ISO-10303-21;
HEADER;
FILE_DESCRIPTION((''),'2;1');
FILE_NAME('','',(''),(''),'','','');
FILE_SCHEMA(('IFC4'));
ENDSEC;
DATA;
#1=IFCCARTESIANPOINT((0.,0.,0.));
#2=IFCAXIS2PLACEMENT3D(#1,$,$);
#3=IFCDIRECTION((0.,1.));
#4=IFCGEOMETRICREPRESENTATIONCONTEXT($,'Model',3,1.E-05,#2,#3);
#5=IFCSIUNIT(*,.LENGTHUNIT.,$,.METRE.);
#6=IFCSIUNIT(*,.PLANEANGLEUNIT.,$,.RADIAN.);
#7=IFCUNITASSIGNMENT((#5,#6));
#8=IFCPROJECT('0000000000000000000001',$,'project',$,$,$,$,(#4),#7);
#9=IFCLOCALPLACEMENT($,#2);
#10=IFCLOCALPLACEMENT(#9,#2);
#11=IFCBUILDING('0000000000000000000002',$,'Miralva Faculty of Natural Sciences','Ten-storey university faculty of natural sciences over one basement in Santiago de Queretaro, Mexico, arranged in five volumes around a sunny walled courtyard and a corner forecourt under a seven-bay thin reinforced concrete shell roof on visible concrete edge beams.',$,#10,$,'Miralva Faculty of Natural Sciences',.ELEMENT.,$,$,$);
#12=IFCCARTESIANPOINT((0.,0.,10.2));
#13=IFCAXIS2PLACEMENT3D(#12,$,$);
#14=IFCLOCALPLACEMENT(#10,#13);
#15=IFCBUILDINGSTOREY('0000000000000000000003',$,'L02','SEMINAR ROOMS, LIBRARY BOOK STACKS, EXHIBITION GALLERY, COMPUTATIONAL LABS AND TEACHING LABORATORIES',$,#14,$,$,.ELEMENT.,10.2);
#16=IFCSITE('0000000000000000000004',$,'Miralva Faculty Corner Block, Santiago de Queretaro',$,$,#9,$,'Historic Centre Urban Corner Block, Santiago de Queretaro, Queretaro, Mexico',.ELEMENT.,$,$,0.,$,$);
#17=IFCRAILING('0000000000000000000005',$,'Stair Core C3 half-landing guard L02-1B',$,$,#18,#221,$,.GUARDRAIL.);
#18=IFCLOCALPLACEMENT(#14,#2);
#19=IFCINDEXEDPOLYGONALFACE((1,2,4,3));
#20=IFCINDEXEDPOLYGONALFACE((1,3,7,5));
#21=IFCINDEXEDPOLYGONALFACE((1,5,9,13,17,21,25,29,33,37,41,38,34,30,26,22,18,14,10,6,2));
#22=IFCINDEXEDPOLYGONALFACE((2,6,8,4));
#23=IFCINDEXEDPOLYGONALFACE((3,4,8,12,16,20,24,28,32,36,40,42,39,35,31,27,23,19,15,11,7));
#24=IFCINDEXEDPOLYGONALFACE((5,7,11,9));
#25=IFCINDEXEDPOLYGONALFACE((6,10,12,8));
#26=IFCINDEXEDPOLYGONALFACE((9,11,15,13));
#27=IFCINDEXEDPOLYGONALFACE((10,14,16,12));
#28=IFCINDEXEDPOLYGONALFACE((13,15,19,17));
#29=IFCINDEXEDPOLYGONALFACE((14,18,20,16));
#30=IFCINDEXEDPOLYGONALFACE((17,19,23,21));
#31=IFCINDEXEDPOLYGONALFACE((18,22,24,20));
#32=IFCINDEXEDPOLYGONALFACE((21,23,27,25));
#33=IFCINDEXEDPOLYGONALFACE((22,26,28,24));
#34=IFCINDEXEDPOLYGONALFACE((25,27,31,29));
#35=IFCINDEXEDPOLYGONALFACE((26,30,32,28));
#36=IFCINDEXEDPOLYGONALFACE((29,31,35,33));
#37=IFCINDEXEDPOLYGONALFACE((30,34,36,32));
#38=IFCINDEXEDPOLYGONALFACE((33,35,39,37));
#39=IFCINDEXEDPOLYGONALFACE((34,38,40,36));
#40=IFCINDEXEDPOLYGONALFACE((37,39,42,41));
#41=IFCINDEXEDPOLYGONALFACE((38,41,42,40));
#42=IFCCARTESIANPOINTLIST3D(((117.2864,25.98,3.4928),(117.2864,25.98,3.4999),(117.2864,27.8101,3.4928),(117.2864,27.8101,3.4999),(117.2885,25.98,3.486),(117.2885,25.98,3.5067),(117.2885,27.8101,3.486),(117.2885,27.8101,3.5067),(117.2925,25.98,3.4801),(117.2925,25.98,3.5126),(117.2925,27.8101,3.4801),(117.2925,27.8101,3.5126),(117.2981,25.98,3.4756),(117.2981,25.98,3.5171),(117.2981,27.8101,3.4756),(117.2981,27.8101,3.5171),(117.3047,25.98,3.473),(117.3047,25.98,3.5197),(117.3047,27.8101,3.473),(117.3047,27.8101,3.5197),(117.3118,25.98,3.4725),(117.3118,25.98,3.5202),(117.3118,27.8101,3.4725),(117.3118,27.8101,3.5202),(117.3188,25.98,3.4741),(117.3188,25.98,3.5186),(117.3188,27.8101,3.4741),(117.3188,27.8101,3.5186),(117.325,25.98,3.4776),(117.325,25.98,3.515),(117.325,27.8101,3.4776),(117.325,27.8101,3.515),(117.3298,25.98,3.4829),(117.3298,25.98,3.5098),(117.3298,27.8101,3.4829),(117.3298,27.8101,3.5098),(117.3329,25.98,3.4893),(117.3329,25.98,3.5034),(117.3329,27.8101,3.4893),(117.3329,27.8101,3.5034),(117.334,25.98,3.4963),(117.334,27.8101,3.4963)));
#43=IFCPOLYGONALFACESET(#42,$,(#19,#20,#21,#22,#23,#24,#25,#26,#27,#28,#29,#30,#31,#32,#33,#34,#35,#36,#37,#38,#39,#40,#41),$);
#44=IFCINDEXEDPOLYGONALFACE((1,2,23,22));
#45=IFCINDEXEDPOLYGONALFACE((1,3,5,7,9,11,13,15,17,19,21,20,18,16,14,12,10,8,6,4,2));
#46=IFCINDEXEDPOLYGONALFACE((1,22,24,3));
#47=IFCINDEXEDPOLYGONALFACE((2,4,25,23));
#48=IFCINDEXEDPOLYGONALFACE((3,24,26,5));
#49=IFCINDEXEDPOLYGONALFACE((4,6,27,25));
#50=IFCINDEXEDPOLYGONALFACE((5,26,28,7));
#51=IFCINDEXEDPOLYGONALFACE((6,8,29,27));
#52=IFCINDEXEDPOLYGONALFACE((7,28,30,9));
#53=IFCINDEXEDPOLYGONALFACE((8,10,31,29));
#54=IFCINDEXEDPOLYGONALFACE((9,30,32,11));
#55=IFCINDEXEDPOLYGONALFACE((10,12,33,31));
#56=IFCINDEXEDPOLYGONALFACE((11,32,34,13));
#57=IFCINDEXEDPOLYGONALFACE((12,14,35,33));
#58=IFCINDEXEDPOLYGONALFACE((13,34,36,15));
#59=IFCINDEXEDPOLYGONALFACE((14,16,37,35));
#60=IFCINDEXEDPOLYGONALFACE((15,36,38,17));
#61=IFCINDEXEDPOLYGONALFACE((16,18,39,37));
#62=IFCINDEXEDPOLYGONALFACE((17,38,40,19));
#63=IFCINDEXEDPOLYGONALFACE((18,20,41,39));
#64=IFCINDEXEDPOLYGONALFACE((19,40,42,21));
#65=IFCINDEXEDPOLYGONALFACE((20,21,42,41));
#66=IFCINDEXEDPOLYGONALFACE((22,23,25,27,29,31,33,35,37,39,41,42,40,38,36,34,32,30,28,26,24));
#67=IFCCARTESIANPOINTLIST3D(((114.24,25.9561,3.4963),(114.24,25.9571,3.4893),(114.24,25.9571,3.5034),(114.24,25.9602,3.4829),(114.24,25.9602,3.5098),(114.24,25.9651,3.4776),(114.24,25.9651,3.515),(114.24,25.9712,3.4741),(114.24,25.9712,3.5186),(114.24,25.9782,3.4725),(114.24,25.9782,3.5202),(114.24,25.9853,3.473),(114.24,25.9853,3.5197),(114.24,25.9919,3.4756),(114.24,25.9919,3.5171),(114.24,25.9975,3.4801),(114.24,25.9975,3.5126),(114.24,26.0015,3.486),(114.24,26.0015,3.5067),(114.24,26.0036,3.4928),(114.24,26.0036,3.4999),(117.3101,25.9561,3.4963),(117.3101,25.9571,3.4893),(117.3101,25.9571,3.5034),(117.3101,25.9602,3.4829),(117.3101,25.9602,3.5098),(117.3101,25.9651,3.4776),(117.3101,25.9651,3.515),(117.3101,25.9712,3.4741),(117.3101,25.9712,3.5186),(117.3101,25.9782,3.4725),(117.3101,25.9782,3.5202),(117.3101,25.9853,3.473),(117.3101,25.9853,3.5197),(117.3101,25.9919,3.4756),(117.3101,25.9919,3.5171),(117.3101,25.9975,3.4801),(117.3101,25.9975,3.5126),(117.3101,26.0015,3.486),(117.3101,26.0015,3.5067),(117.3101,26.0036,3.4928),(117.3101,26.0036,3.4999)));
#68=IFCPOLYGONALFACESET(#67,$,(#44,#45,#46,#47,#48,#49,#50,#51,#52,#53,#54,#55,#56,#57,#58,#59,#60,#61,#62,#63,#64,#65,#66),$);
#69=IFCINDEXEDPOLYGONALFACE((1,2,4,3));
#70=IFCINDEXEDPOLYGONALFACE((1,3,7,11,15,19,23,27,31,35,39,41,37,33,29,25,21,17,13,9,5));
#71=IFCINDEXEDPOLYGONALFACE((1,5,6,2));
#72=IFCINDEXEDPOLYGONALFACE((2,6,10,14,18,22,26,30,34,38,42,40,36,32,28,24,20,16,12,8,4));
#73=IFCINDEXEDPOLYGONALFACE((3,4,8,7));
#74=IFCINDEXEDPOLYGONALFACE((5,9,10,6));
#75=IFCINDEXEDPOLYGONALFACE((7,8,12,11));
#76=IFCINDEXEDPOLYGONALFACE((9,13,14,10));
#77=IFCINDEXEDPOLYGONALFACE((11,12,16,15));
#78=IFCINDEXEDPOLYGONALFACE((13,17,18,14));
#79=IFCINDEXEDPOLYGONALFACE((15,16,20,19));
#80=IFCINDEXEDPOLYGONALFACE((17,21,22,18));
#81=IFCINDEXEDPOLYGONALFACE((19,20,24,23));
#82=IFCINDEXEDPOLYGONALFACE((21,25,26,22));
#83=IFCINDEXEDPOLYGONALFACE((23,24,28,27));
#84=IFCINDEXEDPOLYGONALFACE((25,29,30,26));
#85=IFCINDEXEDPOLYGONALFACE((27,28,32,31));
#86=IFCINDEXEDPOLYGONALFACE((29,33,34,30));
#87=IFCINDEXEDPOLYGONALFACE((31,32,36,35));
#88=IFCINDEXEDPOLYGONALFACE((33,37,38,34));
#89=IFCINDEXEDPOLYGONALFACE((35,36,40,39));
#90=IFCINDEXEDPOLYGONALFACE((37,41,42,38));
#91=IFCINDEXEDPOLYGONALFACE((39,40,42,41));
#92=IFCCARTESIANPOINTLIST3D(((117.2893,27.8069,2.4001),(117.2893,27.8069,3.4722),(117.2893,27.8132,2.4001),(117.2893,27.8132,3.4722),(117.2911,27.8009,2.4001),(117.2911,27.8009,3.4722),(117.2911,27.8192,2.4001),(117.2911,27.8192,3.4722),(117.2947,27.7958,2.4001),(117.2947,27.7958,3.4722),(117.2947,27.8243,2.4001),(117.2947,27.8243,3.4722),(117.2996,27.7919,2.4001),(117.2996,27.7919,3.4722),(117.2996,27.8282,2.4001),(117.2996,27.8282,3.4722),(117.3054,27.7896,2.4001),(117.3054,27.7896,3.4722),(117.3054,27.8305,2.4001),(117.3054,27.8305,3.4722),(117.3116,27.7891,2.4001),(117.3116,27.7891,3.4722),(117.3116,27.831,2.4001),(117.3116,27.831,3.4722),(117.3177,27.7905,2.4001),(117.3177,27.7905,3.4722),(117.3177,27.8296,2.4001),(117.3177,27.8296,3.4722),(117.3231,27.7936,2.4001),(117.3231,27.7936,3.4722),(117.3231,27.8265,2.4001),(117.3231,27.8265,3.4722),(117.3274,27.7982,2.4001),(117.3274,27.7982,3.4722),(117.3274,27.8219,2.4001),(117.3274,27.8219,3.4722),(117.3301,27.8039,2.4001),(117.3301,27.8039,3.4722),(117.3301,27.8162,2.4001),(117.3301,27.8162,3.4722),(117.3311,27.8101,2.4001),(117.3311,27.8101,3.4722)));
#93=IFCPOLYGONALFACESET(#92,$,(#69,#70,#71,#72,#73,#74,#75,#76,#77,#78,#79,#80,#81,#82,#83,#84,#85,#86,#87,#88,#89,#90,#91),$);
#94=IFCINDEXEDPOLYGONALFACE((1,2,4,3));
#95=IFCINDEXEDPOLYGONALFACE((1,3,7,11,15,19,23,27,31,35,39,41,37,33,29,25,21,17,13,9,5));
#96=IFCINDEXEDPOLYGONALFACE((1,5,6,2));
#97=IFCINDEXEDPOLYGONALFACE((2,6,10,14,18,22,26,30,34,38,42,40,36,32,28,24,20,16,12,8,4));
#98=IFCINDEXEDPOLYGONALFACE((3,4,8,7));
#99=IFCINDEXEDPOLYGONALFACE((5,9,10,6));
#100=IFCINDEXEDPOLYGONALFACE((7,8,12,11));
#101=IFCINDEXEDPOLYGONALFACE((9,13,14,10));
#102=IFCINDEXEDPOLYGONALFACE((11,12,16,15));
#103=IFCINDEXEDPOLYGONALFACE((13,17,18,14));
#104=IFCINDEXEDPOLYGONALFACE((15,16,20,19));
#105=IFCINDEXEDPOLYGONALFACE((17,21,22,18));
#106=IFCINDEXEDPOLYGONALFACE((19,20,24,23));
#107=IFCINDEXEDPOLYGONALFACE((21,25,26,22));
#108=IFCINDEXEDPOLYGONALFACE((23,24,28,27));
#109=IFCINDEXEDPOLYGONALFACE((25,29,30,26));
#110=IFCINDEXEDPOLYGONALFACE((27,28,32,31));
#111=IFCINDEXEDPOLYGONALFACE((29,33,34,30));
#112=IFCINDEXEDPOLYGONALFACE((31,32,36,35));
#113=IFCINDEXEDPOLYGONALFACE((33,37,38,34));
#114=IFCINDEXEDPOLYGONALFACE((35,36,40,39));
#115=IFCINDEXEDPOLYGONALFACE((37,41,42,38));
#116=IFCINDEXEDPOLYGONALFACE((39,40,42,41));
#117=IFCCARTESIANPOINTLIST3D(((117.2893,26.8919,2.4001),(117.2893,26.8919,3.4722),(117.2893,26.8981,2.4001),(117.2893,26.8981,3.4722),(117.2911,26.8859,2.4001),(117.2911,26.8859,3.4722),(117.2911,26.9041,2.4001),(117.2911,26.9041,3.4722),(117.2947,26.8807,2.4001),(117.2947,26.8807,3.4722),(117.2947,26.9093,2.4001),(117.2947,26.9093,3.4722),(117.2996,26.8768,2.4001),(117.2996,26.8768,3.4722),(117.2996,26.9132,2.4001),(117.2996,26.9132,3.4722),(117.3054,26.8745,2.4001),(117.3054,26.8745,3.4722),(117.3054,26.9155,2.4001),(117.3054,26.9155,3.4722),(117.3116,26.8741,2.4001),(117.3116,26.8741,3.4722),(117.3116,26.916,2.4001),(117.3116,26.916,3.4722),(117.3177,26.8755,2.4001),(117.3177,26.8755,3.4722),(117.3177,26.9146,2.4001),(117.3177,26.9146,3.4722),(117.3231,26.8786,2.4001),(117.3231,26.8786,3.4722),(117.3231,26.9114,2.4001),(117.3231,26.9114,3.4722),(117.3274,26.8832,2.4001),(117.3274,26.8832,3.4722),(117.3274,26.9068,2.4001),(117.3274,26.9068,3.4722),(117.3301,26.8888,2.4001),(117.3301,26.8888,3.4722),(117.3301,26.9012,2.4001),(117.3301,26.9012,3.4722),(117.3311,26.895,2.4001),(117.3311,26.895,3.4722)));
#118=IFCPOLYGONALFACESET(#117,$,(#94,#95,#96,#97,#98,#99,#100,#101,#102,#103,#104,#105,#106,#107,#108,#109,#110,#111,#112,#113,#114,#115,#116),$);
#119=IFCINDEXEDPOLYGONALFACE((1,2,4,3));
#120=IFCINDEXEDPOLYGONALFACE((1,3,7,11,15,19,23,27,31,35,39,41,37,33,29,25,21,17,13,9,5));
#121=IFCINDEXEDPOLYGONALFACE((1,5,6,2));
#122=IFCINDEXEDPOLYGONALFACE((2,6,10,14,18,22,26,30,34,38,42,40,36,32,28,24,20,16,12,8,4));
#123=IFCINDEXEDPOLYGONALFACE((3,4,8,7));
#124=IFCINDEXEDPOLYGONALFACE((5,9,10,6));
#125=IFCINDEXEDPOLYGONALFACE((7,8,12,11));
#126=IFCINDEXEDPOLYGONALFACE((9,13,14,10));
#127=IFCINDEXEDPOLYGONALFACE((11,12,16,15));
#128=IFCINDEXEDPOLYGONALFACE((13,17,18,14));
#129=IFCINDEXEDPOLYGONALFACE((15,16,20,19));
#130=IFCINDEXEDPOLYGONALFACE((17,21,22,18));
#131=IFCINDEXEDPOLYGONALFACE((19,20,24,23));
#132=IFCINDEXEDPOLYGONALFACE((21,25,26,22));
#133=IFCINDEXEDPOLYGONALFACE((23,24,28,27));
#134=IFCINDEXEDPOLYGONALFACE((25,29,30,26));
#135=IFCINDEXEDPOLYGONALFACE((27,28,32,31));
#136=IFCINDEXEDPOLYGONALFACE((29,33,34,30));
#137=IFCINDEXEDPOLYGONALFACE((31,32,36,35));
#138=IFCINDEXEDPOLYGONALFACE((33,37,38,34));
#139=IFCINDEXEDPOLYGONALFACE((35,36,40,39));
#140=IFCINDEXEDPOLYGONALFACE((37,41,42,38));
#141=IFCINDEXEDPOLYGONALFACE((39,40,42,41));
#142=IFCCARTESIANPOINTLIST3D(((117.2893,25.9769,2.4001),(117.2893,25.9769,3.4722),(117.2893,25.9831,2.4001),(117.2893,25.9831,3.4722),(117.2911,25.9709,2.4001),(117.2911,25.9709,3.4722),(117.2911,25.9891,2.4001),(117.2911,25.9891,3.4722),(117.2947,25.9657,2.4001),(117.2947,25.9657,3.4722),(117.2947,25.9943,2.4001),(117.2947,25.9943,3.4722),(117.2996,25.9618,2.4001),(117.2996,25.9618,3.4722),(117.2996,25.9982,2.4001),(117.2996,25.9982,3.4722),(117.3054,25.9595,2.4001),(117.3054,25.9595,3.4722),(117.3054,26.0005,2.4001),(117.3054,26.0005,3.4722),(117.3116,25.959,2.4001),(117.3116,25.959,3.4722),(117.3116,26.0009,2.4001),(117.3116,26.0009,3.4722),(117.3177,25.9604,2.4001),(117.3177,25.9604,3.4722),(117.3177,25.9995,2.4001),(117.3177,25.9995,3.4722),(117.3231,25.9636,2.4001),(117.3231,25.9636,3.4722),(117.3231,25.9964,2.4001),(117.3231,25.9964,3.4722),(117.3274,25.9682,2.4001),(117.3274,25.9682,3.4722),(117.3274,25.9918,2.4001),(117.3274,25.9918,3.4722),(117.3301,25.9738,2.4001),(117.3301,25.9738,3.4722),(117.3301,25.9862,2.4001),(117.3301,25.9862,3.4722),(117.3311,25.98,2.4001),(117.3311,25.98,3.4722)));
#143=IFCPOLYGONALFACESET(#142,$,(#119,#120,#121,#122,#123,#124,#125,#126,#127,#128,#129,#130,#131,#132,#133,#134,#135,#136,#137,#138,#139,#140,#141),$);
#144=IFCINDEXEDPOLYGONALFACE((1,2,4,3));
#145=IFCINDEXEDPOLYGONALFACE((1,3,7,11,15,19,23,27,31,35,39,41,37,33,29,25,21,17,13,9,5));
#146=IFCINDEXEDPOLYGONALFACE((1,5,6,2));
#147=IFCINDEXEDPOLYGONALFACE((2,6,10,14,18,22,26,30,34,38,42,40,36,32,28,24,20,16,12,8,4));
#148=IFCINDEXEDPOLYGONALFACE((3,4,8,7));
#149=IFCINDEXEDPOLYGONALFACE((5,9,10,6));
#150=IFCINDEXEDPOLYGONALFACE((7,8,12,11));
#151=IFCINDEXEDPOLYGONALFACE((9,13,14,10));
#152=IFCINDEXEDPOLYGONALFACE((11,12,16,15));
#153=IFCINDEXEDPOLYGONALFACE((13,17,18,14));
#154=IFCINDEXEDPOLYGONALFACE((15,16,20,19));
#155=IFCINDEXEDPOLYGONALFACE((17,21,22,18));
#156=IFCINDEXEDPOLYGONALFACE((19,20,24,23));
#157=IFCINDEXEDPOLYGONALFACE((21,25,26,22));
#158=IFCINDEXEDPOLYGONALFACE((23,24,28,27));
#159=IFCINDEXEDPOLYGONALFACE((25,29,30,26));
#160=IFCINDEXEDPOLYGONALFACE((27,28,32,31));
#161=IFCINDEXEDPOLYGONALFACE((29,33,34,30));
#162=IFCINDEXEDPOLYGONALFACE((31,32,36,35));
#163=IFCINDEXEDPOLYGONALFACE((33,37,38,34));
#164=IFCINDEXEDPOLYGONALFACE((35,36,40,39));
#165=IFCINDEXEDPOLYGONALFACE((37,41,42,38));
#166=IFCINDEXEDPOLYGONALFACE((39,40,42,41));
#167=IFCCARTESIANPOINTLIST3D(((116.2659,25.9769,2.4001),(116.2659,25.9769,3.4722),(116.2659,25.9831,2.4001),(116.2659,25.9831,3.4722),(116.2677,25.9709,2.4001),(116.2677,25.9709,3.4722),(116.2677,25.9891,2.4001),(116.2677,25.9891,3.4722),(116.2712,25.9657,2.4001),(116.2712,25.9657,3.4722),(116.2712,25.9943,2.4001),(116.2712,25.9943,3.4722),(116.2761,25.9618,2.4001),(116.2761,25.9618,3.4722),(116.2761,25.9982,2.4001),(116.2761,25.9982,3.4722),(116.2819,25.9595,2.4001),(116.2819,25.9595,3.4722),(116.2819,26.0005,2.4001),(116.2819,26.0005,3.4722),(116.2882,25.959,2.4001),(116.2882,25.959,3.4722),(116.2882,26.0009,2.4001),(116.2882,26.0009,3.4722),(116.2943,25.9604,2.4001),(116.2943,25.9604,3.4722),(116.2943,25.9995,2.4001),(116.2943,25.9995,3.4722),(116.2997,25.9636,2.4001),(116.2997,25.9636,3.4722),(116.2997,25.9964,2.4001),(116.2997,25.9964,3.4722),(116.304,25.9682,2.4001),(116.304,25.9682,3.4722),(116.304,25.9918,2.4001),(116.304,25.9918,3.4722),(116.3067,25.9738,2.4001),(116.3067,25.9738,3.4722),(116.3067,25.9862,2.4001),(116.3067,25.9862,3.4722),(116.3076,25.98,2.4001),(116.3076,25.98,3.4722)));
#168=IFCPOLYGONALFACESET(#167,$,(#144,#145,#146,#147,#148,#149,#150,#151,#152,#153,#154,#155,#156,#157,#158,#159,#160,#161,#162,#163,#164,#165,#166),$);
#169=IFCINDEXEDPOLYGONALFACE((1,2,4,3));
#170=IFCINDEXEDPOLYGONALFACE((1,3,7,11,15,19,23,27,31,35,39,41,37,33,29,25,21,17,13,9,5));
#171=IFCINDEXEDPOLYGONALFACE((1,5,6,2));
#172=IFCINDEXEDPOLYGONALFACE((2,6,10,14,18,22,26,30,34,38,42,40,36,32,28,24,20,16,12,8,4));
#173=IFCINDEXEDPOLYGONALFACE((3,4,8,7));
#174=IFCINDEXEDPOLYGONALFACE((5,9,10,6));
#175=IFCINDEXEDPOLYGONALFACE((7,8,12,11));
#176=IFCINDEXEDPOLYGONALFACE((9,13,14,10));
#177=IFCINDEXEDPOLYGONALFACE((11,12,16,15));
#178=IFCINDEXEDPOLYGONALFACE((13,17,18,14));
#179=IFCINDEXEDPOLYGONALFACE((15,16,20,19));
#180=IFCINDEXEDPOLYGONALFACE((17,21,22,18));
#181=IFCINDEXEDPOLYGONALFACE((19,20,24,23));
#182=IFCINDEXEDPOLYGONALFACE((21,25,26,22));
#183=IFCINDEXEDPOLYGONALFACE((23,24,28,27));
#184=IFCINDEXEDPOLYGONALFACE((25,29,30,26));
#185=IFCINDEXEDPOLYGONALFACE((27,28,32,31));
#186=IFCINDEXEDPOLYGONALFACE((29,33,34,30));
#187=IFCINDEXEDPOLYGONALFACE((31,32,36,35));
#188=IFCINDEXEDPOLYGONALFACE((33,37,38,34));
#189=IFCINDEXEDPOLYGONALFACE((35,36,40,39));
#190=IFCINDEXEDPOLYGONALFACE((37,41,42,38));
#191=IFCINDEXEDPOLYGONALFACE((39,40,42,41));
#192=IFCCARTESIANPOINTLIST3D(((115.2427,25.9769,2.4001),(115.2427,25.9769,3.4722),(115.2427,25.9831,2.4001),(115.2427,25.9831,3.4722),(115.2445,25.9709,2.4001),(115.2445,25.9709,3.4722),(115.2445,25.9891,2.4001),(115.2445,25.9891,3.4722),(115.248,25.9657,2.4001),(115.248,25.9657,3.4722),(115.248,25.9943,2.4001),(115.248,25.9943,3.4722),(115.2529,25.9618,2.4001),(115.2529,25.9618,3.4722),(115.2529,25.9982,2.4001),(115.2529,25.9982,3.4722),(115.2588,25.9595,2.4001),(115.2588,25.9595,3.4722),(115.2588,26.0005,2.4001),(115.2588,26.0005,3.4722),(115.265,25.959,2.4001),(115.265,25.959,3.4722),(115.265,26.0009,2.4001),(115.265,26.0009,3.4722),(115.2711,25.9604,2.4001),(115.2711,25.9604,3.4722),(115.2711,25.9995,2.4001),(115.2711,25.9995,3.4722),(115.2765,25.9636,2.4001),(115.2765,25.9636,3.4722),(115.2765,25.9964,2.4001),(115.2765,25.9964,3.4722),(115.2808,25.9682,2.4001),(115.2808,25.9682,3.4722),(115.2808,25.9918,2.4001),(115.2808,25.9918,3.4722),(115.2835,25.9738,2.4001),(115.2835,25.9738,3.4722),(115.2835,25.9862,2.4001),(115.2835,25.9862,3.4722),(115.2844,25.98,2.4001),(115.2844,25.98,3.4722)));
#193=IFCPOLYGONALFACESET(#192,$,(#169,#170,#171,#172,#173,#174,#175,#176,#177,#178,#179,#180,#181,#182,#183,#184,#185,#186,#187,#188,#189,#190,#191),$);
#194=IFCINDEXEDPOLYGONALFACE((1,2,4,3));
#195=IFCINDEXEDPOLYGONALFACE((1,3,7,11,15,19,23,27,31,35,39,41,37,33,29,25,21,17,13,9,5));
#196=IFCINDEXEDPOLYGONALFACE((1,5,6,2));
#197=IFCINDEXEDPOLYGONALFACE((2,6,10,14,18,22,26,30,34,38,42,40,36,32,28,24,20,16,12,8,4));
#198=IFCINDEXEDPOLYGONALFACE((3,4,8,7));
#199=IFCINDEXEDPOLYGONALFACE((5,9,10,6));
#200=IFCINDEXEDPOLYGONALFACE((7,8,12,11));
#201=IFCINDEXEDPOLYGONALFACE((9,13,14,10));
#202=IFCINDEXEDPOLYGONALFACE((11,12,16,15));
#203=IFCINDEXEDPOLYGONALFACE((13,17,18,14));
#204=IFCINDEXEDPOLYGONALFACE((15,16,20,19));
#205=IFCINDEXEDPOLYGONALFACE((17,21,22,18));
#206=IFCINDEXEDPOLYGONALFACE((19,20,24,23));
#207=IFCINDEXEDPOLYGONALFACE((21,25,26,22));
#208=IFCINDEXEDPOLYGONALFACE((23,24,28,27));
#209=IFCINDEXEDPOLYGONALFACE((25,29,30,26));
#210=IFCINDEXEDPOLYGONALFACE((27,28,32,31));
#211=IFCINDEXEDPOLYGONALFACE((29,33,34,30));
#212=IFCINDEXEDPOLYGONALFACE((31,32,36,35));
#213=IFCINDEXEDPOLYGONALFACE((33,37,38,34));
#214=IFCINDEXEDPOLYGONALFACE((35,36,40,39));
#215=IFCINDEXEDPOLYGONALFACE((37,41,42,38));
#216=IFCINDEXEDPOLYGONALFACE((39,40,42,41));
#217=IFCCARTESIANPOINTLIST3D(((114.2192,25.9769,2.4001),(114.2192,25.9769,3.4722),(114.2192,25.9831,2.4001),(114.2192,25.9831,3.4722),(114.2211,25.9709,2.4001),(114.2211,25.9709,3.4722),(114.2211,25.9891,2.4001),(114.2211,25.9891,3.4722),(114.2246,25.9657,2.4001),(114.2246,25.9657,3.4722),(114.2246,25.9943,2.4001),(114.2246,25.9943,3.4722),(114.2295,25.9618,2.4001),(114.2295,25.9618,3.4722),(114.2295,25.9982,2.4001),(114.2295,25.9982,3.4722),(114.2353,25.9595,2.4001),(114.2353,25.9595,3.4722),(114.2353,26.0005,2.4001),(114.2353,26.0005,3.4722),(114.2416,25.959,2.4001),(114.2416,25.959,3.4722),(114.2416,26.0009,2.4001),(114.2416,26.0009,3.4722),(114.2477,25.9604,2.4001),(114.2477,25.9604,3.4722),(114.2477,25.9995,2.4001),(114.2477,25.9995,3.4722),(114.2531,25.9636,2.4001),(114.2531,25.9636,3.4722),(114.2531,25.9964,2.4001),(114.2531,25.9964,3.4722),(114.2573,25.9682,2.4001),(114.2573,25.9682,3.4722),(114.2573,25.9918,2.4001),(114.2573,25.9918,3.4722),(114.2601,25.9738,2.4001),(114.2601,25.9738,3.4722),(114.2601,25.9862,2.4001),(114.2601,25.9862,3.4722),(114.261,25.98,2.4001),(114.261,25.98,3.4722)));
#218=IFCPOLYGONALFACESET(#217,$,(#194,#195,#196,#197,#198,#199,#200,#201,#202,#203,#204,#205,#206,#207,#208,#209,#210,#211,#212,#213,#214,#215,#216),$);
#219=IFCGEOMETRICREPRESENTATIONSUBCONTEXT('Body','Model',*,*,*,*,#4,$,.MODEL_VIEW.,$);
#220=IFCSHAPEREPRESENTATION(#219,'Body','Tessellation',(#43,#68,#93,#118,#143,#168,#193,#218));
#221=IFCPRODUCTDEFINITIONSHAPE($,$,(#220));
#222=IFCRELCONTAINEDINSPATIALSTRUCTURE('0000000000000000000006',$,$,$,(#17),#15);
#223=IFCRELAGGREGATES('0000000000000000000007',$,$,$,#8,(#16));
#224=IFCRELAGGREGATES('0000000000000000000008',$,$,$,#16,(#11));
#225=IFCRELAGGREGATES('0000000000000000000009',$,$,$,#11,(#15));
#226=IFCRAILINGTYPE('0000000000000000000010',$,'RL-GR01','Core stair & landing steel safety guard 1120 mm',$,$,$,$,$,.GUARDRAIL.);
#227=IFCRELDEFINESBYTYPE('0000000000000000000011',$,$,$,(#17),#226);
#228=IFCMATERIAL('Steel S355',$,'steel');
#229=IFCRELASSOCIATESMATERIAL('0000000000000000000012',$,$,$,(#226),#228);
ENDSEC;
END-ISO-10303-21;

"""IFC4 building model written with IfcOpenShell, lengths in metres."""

from ifc_helpers import new_model, si_unit, direction, frame, origin, origin_2d, place, context, subcontext, project, spatial, circle, extrude, material, type_object, element, save


model = new_model("IFC4")

# Units and contexts
model_context = context("Model", 3, precision=1e-05, world=origin(), true_north=direction((0.0, 1.0)))
body_context = subcontext(model_context, "Body", "Model", "MODEL_VIEW")
ifc_project = project(units=[si_unit("LENGTHUNIT", "METRE"), si_unit("PLANEANGLEUNIT", "RADIAN")], contexts=[model_context])

# Site, building, storey
site_placement = place(None, origin())
site = spatial("IfcSite", under=ifc_project, at=site_placement, Name="Miralva Faculty Corner Block, Santiago de Queretaro", LongName="Historic Centre Urban Corner Block, Santiago de Queretaro, Queretaro, Mexico", CompositionType="ELEMENT", RefElevation=0.0)
building_placement = place(site_placement, origin())
building = spatial("IfcBuilding", under=site, at=building_placement, Name="Miralva Faculty of Natural Sciences", Description="Ten-storey university faculty of natural sciences over one basement in Santiago de Queretaro, Mexico, arranged in five volumes around a sunny walled courtyard and a corner forecourt under a seven-bay thin reinforced concrete shell roof on visible concrete edge beams.", LongName="Miralva Faculty of Natural Sciences", CompositionType="ELEMENT")
storey_placement = place(building_placement, frame((0.0, 0.0, 10.2)))
storey = spatial("IfcBuildingStorey", under=building, at=storey_placement, Name="L02", Description="SEMINAR ROOMS, LIBRARY BOOK STACKS, EXHIBITION GALLERY, COMPUTATIONAL LABS AND TEACHING LABORATORIES", CompositionType="ELEMENT", Elevation=10.2)

# Railing
ifc_material_1 = material(Name="Steel S355", Category="steel")
railing_type_1 = type_object("IfcRailingType", Name="RL-GR01", Description="Core stair & landing steel safety guard 1120 mm", PredefinedType="GUARDRAIL", material=ifc_material_1)
railing_1_placement = place(storey_placement, frame((117.3101, 27.8101, 2.4001)))
element("IfcRailing", 1, at=railing_1_placement, inside=storey, type_object=railing_type_1, Name="Stair Core C3 half-landing guard L02-1B", PredefinedType="GUARDRAIL", context=body_context, shape_type="SweptSolid", body=[
    extrude(circle(Radius=0.0239, at=origin_2d()), frame((0.0, 0.0, 1.0962), z_axis=(0.0, -1.0, 0.0), x_axis=(1.0, 0.0, 0.0)), (0.0, 0.0, 1.0), 1.8301),
    extrude(circle(Radius=0.0239, at=origin_2d()), frame((0.0, -1.8301, 1.0962), z_axis=(-1.0, 0.0, 0.0), x_axis=(0.0, -1.0, 0.0)), (0.0, 0.0, 1.0), 3.0701),
    extrude(circle(Radius=0.021, at=origin_2d()), origin(), (0.0, 0.0, 1.0), 1.072),
    extrude(circle(Radius=0.021, at=origin_2d()), frame((0.0, -0.915, 0.0)), (0.0, 0.0, 1.0), 1.072),
    extrude(circle(Radius=0.021, at=origin_2d()), frame((0.0, -1.8301, 0.0)), (0.0, 0.0, 1.0), 1.072),
    extrude(circle(Radius=0.021, at=origin_2d()), frame((-1.0234, -1.8301, 0.0)), (0.0, 0.0, 1.0), 1.072),
    extrude(circle(Radius=0.021, at=origin_2d()), frame((-2.0466, -1.8301, 0.0)), (0.0, 0.0, 1.0), 1.072),
    extrude(circle(Radius=0.021, at=origin_2d()), frame((-3.0701, -1.8301, 0.0)), (0.0, 0.0, 1.0), 1.072),
])

save(model, "model.ifc")
